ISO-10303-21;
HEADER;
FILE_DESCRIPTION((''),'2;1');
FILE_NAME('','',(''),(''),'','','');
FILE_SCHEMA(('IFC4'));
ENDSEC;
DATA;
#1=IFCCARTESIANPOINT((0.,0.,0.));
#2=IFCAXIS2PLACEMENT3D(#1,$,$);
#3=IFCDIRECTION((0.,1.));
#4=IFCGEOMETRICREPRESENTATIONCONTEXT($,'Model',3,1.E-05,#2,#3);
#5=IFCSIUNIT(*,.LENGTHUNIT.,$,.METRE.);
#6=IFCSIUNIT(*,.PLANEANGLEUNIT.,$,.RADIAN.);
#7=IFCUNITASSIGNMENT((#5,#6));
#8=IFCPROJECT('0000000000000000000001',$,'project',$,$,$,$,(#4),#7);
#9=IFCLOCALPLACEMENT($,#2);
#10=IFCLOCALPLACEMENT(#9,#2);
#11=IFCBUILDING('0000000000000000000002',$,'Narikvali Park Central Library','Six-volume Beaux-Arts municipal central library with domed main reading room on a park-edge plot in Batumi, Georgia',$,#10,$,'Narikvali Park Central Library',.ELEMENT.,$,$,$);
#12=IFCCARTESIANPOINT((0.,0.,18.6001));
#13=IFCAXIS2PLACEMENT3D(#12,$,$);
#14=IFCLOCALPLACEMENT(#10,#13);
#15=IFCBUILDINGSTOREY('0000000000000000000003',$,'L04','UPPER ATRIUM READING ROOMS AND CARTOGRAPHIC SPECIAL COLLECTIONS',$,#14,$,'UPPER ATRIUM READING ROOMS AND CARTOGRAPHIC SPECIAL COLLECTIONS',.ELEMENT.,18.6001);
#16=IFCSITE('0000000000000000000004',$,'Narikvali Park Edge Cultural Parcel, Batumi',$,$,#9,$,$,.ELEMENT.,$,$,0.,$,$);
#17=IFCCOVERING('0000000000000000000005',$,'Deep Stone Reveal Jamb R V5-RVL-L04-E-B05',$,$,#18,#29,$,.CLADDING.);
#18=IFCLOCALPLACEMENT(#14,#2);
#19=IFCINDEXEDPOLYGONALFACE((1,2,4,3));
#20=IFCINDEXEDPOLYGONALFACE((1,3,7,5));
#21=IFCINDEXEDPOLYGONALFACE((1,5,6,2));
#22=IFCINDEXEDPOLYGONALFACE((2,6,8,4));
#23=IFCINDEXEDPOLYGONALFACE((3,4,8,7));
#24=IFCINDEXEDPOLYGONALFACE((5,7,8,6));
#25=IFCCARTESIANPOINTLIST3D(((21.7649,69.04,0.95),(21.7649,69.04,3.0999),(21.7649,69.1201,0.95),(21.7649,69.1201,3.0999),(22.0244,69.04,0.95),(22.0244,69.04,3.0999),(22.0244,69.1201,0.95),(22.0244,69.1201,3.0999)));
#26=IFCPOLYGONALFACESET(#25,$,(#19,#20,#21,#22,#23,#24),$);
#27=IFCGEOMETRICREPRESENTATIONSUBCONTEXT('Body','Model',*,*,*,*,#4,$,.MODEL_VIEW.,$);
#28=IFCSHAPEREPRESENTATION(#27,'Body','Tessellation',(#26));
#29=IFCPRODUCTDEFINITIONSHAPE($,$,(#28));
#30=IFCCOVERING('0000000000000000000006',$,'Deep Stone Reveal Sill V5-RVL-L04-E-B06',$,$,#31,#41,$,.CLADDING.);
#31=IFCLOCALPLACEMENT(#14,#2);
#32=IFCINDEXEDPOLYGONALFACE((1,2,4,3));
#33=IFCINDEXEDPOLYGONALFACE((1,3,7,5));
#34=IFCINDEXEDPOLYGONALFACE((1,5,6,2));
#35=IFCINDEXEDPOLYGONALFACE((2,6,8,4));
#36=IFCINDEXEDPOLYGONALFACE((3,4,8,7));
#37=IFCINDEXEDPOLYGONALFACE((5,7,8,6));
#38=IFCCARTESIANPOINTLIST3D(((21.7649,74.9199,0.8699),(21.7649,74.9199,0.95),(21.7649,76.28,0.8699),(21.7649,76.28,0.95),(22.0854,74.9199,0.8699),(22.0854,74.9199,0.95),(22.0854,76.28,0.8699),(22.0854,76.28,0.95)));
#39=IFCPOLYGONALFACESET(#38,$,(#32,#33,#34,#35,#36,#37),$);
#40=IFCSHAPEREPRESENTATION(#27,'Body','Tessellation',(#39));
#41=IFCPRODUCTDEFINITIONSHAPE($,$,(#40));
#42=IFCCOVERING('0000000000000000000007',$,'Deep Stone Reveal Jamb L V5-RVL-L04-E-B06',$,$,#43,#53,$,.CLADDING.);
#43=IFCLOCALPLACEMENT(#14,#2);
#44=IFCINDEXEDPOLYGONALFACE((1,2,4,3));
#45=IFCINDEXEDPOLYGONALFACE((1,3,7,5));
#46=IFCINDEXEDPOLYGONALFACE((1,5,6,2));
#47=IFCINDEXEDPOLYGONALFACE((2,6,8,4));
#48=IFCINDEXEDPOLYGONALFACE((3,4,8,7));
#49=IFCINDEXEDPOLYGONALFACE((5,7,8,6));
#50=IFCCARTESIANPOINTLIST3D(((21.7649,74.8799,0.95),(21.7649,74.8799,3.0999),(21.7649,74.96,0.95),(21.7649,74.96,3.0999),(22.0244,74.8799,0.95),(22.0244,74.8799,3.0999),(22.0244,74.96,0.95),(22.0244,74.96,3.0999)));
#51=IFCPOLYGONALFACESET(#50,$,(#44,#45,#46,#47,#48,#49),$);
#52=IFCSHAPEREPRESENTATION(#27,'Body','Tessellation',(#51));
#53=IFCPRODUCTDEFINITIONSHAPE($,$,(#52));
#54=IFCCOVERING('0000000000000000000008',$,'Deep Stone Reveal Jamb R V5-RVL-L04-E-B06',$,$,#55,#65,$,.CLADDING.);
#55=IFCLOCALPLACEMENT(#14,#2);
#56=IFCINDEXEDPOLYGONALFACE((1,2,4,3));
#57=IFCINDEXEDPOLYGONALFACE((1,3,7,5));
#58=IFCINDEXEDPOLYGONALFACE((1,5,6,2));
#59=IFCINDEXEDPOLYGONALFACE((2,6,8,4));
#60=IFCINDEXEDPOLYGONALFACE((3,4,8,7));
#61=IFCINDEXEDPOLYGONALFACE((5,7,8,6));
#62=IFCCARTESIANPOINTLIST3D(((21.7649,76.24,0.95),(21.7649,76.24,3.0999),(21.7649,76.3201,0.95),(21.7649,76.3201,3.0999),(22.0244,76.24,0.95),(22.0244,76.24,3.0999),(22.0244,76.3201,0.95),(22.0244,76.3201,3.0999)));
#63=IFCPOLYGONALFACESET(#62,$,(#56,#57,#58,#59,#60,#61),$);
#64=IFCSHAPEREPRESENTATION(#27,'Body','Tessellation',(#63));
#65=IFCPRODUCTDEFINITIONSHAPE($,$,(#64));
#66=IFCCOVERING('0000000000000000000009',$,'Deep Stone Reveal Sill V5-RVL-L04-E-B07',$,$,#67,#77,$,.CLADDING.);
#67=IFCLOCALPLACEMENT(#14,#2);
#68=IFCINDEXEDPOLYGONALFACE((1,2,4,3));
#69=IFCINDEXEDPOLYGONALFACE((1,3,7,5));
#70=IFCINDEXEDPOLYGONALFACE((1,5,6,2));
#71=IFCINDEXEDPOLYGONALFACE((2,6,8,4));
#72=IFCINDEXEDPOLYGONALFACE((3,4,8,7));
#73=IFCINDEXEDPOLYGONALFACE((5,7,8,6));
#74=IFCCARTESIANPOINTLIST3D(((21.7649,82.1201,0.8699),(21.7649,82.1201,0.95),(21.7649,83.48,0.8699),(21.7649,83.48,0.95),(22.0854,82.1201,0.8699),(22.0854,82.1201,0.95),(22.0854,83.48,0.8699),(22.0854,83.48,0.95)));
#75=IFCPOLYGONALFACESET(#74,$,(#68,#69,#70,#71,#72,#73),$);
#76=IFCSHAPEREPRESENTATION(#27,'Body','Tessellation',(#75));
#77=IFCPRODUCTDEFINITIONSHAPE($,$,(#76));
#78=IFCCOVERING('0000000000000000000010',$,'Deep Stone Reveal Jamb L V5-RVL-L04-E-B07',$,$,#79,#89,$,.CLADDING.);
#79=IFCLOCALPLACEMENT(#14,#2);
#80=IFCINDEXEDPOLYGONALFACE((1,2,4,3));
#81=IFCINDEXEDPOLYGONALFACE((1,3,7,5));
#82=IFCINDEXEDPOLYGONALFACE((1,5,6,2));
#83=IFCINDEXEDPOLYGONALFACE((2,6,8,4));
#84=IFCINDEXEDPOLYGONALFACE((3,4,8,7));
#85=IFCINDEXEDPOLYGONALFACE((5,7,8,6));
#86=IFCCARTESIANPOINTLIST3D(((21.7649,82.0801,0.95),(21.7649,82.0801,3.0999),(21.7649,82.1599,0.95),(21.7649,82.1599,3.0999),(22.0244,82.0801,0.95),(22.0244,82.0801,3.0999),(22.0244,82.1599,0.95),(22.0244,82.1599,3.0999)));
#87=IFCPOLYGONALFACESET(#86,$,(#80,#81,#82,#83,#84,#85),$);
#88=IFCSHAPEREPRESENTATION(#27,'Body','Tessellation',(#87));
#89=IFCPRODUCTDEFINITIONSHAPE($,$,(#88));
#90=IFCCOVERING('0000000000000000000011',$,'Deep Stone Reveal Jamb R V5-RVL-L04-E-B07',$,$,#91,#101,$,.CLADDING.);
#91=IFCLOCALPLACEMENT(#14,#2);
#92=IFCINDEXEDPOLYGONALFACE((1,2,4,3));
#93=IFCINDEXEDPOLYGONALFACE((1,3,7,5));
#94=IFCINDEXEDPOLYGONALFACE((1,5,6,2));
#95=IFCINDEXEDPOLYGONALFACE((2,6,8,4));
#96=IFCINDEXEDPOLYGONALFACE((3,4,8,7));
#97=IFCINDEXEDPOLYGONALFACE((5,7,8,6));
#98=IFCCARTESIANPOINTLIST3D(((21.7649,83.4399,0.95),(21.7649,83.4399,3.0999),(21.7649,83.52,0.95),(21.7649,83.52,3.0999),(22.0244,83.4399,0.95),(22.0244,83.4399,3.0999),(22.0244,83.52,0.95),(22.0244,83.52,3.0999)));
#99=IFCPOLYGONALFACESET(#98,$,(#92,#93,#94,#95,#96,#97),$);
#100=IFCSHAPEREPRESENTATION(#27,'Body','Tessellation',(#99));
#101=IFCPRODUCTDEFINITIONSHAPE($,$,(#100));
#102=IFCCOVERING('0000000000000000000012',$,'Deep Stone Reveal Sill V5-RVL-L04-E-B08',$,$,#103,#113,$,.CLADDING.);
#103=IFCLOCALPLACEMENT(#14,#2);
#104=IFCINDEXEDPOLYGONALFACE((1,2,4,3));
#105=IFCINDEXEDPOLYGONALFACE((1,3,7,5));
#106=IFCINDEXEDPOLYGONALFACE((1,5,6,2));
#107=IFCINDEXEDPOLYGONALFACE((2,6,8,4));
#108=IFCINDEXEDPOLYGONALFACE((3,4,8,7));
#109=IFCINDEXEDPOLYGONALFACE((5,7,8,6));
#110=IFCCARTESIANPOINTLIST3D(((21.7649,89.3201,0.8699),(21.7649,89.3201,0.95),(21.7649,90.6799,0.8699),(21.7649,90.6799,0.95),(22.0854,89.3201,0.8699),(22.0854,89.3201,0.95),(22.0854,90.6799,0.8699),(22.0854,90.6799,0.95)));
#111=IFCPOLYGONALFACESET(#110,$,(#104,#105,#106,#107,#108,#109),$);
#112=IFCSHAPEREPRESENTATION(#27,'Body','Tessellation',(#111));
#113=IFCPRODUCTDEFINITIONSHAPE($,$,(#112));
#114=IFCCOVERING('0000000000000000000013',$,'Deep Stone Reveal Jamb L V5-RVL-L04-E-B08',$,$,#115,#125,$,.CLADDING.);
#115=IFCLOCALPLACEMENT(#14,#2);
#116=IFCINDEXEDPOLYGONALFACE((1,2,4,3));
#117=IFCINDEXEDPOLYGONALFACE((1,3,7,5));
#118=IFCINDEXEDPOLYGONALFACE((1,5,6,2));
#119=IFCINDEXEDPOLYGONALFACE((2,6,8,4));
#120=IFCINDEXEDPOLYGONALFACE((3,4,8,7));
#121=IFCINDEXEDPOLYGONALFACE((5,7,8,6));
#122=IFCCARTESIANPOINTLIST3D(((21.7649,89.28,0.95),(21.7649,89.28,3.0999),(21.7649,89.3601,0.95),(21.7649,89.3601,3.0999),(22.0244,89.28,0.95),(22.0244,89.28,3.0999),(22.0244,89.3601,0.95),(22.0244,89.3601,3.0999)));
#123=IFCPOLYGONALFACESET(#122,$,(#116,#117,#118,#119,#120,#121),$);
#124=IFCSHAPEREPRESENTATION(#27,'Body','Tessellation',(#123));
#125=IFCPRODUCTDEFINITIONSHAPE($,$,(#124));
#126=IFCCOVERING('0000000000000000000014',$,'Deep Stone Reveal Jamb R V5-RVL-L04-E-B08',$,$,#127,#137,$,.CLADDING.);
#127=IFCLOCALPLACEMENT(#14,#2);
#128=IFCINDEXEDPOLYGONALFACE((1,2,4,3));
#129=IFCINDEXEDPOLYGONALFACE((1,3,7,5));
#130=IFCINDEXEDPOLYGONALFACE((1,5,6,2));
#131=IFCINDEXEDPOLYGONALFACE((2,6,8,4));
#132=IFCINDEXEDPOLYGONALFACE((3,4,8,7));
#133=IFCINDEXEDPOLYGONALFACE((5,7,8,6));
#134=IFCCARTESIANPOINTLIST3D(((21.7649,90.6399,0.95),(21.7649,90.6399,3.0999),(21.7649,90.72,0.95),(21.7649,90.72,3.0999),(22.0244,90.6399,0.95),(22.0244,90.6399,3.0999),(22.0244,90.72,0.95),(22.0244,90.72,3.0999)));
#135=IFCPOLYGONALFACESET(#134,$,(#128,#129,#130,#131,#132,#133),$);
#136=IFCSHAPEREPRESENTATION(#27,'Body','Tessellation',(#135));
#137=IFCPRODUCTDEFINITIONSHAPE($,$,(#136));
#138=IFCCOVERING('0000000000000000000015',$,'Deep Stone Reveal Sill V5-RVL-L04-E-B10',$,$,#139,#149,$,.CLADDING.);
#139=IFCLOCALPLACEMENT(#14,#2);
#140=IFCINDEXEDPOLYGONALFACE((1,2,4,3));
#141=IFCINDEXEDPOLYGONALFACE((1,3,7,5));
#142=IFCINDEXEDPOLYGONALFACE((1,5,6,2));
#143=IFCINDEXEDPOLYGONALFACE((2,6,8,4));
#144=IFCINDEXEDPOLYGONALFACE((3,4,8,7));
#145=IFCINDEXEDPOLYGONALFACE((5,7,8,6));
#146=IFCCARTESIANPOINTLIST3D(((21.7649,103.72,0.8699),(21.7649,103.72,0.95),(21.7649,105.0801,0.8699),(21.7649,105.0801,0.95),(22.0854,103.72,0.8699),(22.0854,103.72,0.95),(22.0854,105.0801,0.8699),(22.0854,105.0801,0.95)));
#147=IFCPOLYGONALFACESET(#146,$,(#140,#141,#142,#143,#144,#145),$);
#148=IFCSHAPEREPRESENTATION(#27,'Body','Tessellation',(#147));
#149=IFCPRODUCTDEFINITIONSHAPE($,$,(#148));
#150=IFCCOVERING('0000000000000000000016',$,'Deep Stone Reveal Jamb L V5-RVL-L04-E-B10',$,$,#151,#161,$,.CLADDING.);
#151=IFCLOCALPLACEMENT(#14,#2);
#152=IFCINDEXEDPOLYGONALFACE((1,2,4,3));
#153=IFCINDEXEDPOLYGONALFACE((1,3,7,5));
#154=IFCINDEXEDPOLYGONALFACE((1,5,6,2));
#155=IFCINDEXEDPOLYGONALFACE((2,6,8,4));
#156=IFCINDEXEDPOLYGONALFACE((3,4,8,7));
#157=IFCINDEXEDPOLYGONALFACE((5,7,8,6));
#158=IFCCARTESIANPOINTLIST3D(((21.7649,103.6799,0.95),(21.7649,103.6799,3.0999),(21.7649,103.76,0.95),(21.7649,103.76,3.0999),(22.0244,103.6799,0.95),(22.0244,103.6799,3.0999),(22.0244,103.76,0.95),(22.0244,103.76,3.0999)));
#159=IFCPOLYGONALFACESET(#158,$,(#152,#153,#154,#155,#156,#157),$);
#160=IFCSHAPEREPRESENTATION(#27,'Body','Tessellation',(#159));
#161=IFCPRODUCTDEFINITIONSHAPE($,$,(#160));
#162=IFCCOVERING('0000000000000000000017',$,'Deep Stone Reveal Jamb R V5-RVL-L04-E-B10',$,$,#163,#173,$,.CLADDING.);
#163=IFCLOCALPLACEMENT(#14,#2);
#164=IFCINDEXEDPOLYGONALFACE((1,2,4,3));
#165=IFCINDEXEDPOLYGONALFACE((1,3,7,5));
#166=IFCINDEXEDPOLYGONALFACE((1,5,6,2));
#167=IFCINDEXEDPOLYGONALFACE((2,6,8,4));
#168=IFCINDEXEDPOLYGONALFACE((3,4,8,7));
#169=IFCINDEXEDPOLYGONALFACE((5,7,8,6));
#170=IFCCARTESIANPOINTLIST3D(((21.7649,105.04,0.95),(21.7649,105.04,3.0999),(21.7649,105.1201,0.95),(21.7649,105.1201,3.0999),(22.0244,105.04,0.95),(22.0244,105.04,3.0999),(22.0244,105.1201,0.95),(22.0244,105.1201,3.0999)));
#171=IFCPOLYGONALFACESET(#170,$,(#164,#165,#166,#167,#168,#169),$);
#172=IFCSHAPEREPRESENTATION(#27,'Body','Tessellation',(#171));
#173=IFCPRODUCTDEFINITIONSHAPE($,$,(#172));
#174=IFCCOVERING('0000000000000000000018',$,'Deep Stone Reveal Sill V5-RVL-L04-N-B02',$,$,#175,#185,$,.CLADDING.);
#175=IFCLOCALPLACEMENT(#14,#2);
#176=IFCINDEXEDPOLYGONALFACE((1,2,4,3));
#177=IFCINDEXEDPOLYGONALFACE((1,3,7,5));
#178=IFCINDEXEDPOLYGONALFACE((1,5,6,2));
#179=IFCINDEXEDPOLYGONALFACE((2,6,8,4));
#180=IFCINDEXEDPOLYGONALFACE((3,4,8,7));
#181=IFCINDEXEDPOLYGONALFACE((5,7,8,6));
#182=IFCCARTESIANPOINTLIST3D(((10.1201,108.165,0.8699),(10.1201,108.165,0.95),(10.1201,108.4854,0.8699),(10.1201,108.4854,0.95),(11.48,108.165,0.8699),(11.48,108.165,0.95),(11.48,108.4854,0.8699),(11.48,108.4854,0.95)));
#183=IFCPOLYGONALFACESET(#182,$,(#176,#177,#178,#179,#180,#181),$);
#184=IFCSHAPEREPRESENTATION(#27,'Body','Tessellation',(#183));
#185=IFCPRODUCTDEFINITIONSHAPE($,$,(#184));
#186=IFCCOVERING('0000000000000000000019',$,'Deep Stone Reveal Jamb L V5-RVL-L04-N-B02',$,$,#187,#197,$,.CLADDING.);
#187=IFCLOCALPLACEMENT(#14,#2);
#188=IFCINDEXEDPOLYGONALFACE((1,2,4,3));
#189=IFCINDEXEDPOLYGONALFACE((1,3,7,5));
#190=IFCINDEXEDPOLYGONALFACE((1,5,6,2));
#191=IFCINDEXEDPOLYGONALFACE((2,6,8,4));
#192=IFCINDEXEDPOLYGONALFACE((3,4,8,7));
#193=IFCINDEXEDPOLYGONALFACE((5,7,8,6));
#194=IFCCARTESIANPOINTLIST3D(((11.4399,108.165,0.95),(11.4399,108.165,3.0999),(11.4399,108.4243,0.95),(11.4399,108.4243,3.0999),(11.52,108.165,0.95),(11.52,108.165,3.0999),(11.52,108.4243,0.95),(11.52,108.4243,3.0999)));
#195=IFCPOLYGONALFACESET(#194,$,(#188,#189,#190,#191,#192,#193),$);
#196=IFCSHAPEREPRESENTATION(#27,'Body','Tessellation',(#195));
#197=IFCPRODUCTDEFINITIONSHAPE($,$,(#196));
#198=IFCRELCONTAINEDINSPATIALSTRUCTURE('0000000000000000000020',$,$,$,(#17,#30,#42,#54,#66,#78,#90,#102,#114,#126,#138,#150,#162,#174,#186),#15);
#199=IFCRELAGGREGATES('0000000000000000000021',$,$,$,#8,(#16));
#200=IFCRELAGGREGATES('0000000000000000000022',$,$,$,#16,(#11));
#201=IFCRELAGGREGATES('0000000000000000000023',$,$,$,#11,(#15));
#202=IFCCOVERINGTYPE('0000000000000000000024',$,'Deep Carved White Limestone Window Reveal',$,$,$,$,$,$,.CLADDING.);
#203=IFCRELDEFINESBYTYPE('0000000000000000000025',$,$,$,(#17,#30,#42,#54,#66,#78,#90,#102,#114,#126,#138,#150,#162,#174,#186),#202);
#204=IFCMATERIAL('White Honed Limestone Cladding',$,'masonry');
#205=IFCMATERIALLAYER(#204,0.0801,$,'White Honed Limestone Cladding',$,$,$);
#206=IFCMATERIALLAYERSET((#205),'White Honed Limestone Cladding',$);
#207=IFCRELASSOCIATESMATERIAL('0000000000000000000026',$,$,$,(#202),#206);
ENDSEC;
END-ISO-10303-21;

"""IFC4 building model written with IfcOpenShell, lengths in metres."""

from ifc_helpers import new_model, si_unit, direction, frame, origin, place, context, subcontext, project, spatial, polyline, outline, extrude, material, layer, layer_set, type_object, element, save


model = new_model("IFC4")

# Units and contexts
model_context = context("Model", 3, precision=1e-05, world=origin(), true_north=direction((0.0, 1.0)))
body_context = subcontext(model_context, "Body", "Model", "MODEL_VIEW")
ifc_project = project(units=[si_unit("LENGTHUNIT", "METRE"), si_unit("PLANEANGLEUNIT", "RADIAN")], contexts=[model_context])

# Site, building, storey
site_placement = place(None, origin())
site = spatial("IfcSite", under=ifc_project, at=site_placement, Name="Narikvali Park Edge Cultural Parcel, Batumi", CompositionType="ELEMENT", RefElevation=0.0)
building_placement = place(site_placement, origin())
building = spatial("IfcBuilding", under=site, at=building_placement, Name="Narikvali Park Central Library", Description="Six-volume Beaux-Arts municipal central library with domed main reading room on a park-edge plot in Batumi, Georgia", LongName="Narikvali Park Central Library", CompositionType="ELEMENT")
storey_placement = place(building_placement, frame((0.0, 0.0, 18.6001)))
storey = spatial("IfcBuildingStorey", under=building, at=storey_placement, Name="L04", Description="UPPER ATRIUM READING ROOMS AND CARTOGRAPHIC SPECIAL COLLECTIONS", LongName="UPPER ATRIUM READING ROOMS AND CARTOGRAPHIC SPECIAL COLLECTIONS", CompositionType="ELEMENT", Elevation=18.6001)

# Coverings
ifc_material = material(Name="White Honed Limestone Cladding", Category="masonry")
ifc_layer = layer(ifc_material, 0.0801, Name="White Honed Limestone Cladding")
ifc_layer_set = layer_set([ifc_layer], Name="White Honed Limestone Cladding")
covering_type = type_object("IfcCoveringType", Name="Deep Carved White Limestone Window Reveal", PredefinedType="CLADDING", material=ifc_layer_set)
covering_1_placement = place(storey_placement, frame((0.0, 0.0, 0.95)))
element("IfcCovering", 1, at=covering_1_placement, inside=storey, type_object=covering_type, Name="Deep Stone Reveal Jamb R V5-RVL-L04-E-B05", PredefinedType="CLADDING", context=body_context, shape_type="SweptSolid", body=[
    extrude(outline(polyline([(21.7649, 69.04), (21.7649, 69.1201), (22.0244, 69.1201), (22.0244, 69.04), (21.7649, 69.04)])), origin(), (0.0, 0.0, 1.0), 2.1499),
])
covering_2_placement = place(storey_placement, frame((0.0, 0.0, 0.8699)))
element("IfcCovering", 2, at=covering_2_placement, inside=storey, type_object=covering_type, Name="Deep Stone Reveal Sill V5-RVL-L04-E-B06", PredefinedType="CLADDING", context=body_context, shape_type="SweptSolid", body=[
    extrude(outline(polyline([(21.7649, 74.9199), (21.7649, 76.28), (22.0854, 76.28), (22.0854, 74.9199), (21.7649, 74.9199)])), origin(), (0.0, 0.0, 1.0), 0.0801),
])
covering_3_placement = place(storey_placement, frame((0.0, 0.0, 0.95)))
element("IfcCovering", 3, at=covering_3_placement, inside=storey, type_object=covering_type, Name="Deep Stone Reveal Jamb L V5-RVL-L04-E-B06", PredefinedType="CLADDING", context=body_context, shape_type="SweptSolid", body=[
    extrude(outline(polyline([(21.7649, 74.8799), (21.7649, 74.96), (22.0244, 74.96), (22.0244, 74.8799), (21.7649, 74.8799)])), origin(), (0.0, 0.0, 1.0), 2.1499),
])
covering_4_placement = place(storey_placement, frame((0.0, 0.0, 0.95)))
element("IfcCovering", 4, at=covering_4_placement, inside=storey, type_object=covering_type, Name="Deep Stone Reveal Jamb R V5-RVL-L04-E-B06", PredefinedType="CLADDING", context=body_context, shape_type="SweptSolid", body=[
    extrude(outline(polyline([(21.7649, 76.24), (21.7649, 76.3201), (22.0244, 76.3201), (22.0244, 76.24), (21.7649, 76.24)])), origin(), (0.0, 0.0, 1.0), 2.1499),
])
covering_5_placement = place(storey_placement, frame((0.0, 0.0, 0.8699)))
element("IfcCovering", 5, at=covering_5_placement, inside=storey, type_object=covering_type, Name="Deep Stone Reveal Sill V5-RVL-L04-E-B07", PredefinedType="CLADDING", context=body_context, shape_type="SweptSolid", body=[
    extrude(outline(polyline([(21.7649, 82.1201), (21.7649, 83.48), (22.0854, 83.48), (22.0854, 82.1201), (21.7649, 82.1201)])), origin(), (0.0, 0.0, 1.0), 0.0801),
])
covering_6_placement = place(storey_placement, frame((0.0, 0.0, 0.95)))
element("IfcCovering", 6, at=covering_6_placement, inside=storey, type_object=covering_type, Name="Deep Stone Reveal Jamb L V5-RVL-L04-E-B07", PredefinedType="CLADDING", context=body_context, shape_type="SweptSolid", body=[
    extrude(outline(polyline([(21.7649, 82.0801), (21.7649, 82.1599), (22.0244, 82.1599), (22.0244, 82.0801), (21.7649, 82.0801)])), origin(), (0.0, 0.0, 1.0), 2.1499),
])
covering_7_placement = place(storey_placement, frame((0.0, 0.0, 0.95)))
element("IfcCovering", 7, at=covering_7_placement, inside=storey, type_object=covering_type, Name="Deep Stone Reveal Jamb R V5-RVL-L04-E-B07", PredefinedType="CLADDING", context=body_context, shape_type="SweptSolid", body=[
    extrude(outline(polyline([(21.7649, 83.4399), (21.7649, 83.52), (22.0244, 83.52), (22.0244, 83.4399), (21.7649, 83.4399)])), origin(), (0.0, 0.0, 1.0), 2.1499),
])
covering_8_placement = place(storey_placement, frame((0.0, 0.0, 0.8699)))
element("IfcCovering", 8, at=covering_8_placement, inside=storey, type_object=covering_type, Name="Deep Stone Reveal Sill V5-RVL-L04-E-B08", PredefinedType="CLADDING", context=body_context, shape_type="SweptSolid", body=[
    extrude(outline(polyline([(21.7649, 89.3201), (21.7649, 90.6799), (22.0854, 90.6799), (22.0854, 89.3201), (21.7649, 89.3201)])), origin(), (0.0, 0.0, 1.0), 0.0801),
])
covering_9_placement = place(storey_placement, frame((0.0, 0.0, 0.95)))
element("IfcCovering", 9, at=covering_9_placement, inside=storey, type_object=covering_type, Name="Deep Stone Reveal Jamb L V5-RVL-L04-E-B08", PredefinedType="CLADDING", context=body_context, shape_type="SweptSolid", body=[
    extrude(outline(polyline([(21.7649, 89.28), (21.7649, 89.3601), (22.0244, 89.3601), (22.0244, 89.28), (21.7649, 89.28)])), origin(), (0.0, 0.0, 1.0), 2.1499),
])
covering_10_placement = place(storey_placement, frame((0.0, 0.0, 0.95)))
element("IfcCovering", 10, at=covering_10_placement, inside=storey, type_object=covering_type, Name="Deep Stone Reveal Jamb R V5-RVL-L04-E-B08", PredefinedType="CLADDING", context=body_context, shape_type="SweptSolid", body=[
    extrude(outline(polyline([(21.7649, 90.6399), (21.7649, 90.72), (22.0244, 90.72), (22.0244, 90.6399), (21.7649, 90.6399)])), origin(), (0.0, 0.0, 1.0), 2.1499),
])
covering_11_placement = place(storey_placement, frame((0.0, 0.0, 0.8699)))
element("IfcCovering", 11, at=covering_11_placement, inside=storey, type_object=covering_type, Name="Deep Stone Reveal Sill V5-RVL-L04-E-B10", PredefinedType="CLADDING", context=body_context, shape_type="SweptSolid", body=[
    extrude(outline(polyline([(21.7649, 103.72), (21.7649, 105.0801), (22.0854, 105.0801), (22.0854, 103.72), (21.7649, 103.72)])), origin(), (0.0, 0.0, 1.0), 0.0801),
])
covering_12_placement = place(storey_placement, frame((0.0, 0.0, 0.95)))
element("IfcCovering", 12, at=covering_12_placement, inside=storey, type_object=covering_type, Name="Deep Stone Reveal Jamb L V5-RVL-L04-E-B10", PredefinedType="CLADDING", context=body_context, shape_type="SweptSolid", body=[
    extrude(outline(polyline([(21.7649, 103.6799), (21.7649, 103.76), (22.0244, 103.76), (22.0244, 103.6799), (21.7649, 103.6799)])), origin(), (0.0, 0.0, 1.0), 2.1499),
])
covering_13_placement = place(storey_placement, frame((0.0, 0.0, 0.95)))
element("IfcCovering", 13, at=covering_13_placement, inside=storey, type_object=covering_type, Name="Deep Stone Reveal Jamb R V5-RVL-L04-E-B10", PredefinedType="CLADDING", context=body_context, shape_type="SweptSolid", body=[
    extrude(outline(polyline([(21.7649, 105.04), (21.7649, 105.1201), (22.0244, 105.1201), (22.0244, 105.04), (21.7649, 105.04)])), origin(), (0.0, 0.0, 1.0), 2.1499),
])
covering_14_placement = place(storey_placement, frame((0.0, 0.0, 0.8699)))
element("IfcCovering", 14, at=covering_14_placement, inside=storey, type_object=covering_type, Name="Deep Stone Reveal Sill V5-RVL-L04-N-B02", PredefinedType="CLADDING", context=body_context, shape_type="SweptSolid", body=[
    extrude(outline(polyline([(11.48, 108.165), (10.1201, 108.165), (10.1201, 108.4854), (11.48, 108.4854), (11.48, 108.165)])), origin(), (0.0, 0.0, 1.0), 0.0801),
])
covering_15_placement = place(storey_placement, frame((0.0, 0.0, 0.95)))
element("IfcCovering", 15, at=covering_15_placement, inside=storey, type_object=covering_type, Name="Deep Stone Reveal Jamb L V5-RVL-L04-N-B02", PredefinedType="CLADDING", context=body_context, shape_type="SweptSolid", body=[
    extrude(outline(polyline([(11.52, 108.165), (11.4399, 108.165), (11.4399, 108.4243), (11.52, 108.4243), (11.52, 108.165)])), origin(), (0.0, 0.0, 1.0), 2.1499),
])

save(model, "model.ifc")
